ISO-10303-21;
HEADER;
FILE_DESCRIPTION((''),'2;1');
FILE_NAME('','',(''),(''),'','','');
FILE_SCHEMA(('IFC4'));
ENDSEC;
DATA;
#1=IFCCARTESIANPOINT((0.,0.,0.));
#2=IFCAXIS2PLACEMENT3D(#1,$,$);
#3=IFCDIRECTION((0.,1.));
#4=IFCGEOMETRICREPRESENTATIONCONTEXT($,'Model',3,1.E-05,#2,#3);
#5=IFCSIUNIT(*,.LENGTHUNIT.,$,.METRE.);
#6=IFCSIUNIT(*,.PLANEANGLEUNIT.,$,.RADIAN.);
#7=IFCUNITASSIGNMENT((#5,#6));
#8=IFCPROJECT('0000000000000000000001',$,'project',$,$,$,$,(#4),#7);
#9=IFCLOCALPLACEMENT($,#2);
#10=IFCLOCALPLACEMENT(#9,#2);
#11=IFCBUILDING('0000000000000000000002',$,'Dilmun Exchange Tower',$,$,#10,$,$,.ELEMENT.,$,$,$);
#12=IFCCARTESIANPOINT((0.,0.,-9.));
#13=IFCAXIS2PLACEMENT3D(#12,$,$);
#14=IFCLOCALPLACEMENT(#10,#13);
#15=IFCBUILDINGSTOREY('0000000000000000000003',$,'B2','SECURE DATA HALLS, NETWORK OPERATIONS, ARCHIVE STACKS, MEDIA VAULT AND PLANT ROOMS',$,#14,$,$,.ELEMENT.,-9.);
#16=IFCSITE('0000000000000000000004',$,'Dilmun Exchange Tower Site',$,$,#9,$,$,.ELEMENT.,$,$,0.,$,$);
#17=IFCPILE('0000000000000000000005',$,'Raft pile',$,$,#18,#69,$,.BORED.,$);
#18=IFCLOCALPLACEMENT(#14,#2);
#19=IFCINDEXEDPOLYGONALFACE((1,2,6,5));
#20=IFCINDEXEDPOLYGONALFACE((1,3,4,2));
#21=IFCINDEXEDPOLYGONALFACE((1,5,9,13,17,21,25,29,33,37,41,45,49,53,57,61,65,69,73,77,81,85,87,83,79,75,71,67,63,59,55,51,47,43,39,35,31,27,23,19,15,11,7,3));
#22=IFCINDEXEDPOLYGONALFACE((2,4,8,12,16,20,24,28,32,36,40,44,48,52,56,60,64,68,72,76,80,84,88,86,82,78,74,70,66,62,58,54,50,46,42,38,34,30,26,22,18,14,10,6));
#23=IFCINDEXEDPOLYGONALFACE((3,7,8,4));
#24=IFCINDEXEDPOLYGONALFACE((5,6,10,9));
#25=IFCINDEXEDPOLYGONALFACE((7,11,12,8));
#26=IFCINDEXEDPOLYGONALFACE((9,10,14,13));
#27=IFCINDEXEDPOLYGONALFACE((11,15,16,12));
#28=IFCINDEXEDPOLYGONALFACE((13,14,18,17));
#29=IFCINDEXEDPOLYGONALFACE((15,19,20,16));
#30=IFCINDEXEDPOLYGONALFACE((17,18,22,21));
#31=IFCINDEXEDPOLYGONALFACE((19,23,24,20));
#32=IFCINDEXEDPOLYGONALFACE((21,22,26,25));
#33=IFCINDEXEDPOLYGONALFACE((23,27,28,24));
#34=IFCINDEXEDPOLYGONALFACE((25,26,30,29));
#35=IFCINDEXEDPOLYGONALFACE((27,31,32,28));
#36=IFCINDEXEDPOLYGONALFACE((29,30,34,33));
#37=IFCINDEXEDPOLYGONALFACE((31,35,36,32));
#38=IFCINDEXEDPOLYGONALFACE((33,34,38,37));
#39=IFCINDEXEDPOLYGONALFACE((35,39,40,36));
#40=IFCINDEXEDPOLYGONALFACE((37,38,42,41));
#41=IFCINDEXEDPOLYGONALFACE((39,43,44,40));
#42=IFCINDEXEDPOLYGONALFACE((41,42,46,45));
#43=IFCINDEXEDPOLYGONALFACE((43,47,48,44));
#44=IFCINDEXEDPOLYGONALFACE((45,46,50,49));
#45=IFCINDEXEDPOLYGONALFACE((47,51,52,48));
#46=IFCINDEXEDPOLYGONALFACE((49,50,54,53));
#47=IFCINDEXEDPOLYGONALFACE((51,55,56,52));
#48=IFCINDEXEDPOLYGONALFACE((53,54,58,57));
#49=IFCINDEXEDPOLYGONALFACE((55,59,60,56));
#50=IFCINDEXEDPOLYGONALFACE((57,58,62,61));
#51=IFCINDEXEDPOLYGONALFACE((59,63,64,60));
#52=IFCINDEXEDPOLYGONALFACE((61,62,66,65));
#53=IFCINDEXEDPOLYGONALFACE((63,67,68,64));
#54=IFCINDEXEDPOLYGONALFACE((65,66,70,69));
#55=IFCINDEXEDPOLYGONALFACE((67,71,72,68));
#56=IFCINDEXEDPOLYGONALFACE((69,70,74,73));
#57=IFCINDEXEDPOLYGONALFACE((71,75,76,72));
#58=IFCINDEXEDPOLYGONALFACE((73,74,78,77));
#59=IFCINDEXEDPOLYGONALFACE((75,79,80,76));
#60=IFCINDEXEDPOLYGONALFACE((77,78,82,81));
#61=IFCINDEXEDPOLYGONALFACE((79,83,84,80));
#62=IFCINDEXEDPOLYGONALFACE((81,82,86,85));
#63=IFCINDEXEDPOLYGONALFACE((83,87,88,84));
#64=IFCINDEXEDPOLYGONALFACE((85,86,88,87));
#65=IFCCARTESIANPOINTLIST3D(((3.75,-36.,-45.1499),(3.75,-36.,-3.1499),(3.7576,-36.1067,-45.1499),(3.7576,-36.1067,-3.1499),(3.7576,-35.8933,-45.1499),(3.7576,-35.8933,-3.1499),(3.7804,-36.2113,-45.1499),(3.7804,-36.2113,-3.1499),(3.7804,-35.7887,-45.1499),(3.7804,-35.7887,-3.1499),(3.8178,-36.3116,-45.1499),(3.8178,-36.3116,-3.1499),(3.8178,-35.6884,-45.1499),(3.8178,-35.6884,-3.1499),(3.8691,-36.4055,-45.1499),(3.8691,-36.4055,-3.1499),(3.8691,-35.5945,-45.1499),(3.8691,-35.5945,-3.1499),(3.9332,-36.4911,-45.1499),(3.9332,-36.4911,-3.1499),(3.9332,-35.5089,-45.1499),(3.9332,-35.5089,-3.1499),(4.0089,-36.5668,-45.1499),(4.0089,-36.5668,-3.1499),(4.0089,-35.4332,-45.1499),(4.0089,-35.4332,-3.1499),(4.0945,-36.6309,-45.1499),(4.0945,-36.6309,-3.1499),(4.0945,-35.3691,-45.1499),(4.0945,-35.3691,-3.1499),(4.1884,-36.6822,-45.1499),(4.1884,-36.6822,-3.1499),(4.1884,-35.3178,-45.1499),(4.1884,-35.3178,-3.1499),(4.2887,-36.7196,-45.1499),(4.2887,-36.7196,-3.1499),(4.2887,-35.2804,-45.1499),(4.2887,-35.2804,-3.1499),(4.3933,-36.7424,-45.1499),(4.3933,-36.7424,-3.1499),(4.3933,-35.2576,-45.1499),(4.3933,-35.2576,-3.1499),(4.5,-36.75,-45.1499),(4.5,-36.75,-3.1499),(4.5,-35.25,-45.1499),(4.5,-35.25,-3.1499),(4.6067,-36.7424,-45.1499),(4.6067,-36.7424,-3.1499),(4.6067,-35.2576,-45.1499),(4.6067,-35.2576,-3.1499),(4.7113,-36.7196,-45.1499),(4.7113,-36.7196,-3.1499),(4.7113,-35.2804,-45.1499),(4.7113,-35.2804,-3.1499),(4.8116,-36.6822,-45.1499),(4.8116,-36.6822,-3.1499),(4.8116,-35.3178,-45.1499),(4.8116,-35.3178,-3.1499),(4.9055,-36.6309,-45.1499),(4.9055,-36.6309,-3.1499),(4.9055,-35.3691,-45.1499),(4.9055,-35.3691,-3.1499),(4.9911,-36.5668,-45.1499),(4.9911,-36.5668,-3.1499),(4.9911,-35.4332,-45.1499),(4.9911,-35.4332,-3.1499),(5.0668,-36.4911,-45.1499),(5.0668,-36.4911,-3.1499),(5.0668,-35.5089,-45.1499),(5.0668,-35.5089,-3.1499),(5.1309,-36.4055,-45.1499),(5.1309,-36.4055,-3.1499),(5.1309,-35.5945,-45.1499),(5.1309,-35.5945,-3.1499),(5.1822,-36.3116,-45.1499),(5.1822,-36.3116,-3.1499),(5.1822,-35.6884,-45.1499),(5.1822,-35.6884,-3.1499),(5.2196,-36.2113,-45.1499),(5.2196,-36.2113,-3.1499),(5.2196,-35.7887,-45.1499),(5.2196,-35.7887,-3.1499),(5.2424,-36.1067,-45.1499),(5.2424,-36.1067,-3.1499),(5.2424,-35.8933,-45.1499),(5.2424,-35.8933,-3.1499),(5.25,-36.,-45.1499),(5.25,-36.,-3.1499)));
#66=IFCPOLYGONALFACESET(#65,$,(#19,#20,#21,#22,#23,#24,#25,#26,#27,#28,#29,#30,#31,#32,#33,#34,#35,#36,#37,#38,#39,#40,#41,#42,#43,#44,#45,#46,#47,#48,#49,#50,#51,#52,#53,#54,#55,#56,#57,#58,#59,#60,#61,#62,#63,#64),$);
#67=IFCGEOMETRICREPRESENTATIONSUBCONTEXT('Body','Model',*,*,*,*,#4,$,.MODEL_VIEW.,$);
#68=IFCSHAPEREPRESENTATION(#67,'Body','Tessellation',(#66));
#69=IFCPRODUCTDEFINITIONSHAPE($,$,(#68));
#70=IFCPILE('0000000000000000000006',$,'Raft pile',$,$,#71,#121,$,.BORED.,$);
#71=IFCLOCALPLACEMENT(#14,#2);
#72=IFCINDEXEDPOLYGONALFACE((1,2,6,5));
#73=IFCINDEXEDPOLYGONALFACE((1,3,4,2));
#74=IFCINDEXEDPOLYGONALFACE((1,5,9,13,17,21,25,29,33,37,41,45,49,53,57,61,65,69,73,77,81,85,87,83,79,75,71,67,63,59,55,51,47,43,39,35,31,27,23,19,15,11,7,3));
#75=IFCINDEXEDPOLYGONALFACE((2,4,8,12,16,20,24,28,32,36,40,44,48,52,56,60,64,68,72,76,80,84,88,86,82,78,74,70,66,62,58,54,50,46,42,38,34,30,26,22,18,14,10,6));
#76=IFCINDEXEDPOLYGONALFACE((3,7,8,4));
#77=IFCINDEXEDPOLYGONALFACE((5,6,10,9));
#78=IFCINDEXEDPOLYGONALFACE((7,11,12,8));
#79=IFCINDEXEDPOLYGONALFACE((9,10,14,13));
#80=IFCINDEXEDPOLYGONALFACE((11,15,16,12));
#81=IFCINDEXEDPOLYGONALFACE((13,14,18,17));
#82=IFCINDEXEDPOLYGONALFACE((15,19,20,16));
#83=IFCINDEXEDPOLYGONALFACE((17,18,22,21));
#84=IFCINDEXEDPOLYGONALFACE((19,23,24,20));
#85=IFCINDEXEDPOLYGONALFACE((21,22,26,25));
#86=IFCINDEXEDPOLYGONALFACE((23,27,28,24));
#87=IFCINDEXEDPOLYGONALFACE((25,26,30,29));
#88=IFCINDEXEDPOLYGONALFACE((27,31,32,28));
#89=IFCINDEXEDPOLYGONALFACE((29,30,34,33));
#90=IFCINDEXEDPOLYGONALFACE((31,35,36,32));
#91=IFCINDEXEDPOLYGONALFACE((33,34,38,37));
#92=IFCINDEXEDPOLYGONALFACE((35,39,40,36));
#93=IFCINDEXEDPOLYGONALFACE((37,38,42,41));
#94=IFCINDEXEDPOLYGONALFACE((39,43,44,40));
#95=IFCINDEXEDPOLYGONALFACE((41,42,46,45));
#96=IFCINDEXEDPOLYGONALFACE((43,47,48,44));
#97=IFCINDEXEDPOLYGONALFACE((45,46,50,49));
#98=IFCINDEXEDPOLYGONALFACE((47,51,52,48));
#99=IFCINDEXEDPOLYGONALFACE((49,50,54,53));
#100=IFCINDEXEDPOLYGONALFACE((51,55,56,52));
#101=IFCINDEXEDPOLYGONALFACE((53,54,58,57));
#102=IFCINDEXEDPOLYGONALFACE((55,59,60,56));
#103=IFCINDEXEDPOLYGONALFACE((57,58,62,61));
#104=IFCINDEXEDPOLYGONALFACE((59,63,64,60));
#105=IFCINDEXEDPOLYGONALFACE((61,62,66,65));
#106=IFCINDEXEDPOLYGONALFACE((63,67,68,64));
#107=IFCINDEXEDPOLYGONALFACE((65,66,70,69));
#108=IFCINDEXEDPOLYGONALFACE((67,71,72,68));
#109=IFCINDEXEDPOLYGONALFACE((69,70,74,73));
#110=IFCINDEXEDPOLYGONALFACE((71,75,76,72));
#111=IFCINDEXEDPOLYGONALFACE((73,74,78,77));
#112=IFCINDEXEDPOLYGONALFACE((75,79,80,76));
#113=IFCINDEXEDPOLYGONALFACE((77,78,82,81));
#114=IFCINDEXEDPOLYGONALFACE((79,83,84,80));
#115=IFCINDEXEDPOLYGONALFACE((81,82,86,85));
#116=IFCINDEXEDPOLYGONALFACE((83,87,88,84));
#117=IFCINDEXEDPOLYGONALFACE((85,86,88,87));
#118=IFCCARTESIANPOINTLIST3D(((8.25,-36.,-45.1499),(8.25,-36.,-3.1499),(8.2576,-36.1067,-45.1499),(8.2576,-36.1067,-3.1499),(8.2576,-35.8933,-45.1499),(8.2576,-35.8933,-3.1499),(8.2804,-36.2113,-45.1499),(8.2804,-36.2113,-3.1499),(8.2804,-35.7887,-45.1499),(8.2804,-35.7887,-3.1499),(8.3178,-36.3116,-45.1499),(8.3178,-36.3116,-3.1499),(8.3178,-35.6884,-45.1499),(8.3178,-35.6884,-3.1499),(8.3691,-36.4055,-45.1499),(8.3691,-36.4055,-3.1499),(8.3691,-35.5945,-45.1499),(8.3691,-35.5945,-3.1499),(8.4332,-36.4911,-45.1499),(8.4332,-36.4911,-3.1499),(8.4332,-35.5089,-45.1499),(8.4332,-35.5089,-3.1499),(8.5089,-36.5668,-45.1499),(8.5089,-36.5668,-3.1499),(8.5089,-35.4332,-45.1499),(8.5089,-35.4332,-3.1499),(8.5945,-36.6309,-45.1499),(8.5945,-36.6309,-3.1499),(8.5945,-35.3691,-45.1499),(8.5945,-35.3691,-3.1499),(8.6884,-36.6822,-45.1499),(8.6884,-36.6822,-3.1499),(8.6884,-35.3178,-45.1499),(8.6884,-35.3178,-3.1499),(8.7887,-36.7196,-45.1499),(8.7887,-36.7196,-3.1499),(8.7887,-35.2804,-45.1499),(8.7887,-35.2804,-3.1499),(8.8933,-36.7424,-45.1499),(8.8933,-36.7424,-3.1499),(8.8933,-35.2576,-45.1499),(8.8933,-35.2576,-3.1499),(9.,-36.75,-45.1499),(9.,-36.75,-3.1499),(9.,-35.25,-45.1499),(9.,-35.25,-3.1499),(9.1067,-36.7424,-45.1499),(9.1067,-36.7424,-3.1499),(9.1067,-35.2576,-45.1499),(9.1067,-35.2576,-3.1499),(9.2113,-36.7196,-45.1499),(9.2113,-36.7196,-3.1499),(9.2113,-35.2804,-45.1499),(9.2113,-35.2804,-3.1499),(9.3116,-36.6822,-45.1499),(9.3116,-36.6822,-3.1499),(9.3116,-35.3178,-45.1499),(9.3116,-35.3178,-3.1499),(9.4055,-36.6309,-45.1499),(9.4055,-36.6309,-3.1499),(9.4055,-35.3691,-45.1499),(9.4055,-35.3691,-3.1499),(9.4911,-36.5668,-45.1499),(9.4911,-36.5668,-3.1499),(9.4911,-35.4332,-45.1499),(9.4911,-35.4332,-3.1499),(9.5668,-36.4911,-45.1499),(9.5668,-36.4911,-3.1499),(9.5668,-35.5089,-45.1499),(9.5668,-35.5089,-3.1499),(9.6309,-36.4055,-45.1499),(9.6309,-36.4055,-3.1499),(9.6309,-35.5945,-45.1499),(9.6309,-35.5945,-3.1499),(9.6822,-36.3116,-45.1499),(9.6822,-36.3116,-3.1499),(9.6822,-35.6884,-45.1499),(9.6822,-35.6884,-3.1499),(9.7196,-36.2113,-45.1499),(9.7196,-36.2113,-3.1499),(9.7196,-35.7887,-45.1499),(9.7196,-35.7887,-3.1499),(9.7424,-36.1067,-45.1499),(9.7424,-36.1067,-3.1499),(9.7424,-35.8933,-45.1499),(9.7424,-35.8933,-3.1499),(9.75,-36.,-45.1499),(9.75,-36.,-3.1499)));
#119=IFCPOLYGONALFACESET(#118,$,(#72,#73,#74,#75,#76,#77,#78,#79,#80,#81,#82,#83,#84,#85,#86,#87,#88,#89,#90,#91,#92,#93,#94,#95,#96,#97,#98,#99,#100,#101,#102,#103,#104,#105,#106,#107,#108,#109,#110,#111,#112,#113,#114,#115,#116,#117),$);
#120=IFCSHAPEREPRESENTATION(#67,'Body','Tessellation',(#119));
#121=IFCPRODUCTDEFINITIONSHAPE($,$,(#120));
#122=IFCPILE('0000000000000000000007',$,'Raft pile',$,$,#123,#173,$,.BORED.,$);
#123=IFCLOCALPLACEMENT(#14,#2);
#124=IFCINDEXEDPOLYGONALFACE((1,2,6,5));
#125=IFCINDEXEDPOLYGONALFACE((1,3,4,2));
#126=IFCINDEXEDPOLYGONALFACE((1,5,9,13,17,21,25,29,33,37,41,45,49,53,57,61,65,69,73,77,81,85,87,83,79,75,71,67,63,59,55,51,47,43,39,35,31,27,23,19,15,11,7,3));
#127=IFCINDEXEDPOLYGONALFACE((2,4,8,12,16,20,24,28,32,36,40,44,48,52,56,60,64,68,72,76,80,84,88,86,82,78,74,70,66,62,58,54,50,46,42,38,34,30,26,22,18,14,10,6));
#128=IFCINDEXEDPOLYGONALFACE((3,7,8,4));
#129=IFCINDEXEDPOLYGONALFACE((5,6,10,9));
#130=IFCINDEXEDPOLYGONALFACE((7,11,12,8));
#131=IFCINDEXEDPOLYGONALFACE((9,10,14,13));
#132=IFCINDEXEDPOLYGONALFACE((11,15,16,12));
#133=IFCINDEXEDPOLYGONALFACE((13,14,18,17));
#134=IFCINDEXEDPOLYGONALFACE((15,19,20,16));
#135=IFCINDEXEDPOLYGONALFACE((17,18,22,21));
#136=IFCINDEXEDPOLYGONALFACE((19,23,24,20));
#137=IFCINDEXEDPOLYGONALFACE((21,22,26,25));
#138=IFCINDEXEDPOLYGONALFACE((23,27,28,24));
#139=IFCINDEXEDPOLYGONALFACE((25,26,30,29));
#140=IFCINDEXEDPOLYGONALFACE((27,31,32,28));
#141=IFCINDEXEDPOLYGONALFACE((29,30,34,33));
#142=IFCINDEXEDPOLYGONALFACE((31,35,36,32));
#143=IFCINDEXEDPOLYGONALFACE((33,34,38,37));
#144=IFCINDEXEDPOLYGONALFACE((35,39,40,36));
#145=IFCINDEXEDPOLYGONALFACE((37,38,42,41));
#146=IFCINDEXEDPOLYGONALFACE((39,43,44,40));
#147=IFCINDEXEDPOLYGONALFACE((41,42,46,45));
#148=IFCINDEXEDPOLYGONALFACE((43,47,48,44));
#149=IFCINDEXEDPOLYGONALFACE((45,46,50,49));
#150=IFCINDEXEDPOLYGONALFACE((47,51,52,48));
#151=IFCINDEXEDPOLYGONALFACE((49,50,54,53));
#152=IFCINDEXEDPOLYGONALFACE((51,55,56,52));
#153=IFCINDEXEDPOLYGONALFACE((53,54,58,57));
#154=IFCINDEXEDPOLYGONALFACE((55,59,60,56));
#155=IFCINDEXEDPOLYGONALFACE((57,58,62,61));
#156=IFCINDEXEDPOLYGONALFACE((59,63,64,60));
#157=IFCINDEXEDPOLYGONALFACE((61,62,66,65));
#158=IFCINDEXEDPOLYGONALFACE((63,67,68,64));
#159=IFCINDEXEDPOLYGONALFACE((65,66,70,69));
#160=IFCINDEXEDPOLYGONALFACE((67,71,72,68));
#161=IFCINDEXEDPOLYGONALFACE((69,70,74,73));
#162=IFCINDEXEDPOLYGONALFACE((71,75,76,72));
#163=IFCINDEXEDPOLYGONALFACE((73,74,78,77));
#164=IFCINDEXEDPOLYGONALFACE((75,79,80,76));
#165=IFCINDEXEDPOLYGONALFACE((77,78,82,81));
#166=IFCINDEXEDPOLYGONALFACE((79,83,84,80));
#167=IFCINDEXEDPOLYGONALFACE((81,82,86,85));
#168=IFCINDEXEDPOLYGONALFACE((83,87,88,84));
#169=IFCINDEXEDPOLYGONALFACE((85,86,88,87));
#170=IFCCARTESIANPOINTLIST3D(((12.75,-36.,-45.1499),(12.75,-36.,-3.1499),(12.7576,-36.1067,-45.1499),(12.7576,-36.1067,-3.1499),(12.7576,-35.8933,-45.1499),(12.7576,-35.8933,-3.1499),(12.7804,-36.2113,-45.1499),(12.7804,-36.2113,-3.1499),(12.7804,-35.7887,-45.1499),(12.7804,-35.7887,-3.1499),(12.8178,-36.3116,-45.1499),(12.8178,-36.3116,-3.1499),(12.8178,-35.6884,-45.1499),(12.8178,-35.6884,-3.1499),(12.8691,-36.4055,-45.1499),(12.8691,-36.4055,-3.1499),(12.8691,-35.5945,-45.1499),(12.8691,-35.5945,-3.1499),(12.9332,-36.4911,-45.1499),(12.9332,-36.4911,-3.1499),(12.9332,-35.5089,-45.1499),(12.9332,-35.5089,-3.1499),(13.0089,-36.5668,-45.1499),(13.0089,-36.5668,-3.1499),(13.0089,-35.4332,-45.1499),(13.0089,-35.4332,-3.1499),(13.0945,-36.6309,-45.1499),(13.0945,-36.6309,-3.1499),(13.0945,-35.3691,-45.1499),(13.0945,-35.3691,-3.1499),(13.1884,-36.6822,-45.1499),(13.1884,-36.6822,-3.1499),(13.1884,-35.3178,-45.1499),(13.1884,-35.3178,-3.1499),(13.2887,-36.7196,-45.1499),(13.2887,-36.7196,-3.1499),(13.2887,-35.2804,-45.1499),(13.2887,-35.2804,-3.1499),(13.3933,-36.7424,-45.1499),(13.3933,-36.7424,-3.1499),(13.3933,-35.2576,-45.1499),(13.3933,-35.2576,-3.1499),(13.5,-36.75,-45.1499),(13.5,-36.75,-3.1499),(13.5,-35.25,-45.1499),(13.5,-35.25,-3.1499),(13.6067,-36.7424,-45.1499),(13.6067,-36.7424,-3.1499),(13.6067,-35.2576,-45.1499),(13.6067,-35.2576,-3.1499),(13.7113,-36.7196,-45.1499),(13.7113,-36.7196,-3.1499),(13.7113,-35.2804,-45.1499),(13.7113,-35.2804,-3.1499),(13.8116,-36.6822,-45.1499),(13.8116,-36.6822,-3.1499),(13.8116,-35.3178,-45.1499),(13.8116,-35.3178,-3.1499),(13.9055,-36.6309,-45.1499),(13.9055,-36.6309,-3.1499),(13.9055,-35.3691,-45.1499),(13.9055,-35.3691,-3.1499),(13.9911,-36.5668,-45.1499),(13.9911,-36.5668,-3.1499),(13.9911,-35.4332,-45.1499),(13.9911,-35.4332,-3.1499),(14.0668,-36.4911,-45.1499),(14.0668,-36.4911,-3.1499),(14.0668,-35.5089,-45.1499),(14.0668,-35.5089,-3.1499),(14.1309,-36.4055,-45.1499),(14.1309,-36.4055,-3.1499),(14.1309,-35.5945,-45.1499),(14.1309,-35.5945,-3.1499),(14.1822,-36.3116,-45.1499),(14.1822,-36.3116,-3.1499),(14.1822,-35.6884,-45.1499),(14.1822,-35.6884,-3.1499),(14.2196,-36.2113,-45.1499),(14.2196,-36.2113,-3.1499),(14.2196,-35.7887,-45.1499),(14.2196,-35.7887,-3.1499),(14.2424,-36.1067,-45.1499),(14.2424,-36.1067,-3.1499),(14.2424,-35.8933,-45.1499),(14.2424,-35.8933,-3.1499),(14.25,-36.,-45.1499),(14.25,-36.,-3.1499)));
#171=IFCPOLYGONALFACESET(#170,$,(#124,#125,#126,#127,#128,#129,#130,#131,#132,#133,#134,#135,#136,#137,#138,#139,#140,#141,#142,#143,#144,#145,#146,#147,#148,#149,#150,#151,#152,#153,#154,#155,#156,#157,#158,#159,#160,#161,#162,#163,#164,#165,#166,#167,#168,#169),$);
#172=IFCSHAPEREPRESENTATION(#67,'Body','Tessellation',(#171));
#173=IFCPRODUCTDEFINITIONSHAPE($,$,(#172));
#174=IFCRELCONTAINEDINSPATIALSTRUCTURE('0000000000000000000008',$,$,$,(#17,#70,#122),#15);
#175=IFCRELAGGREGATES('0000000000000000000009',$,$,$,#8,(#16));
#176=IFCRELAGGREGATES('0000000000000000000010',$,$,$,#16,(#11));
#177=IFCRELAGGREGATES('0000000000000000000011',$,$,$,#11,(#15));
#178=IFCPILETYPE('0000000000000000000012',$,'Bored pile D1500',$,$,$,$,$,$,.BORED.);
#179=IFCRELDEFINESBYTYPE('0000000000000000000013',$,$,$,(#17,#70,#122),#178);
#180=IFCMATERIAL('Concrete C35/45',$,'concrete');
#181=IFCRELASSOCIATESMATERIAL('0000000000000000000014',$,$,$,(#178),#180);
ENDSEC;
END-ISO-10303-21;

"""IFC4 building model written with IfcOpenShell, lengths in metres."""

from ifc_helpers import new_model, si_unit, direction, frame, origin, origin_2d, place, context, subcontext, project, spatial, circle, extrude, material, material_profile, profile_set, type_object, element, save


model = new_model("IFC4")

# Units and contexts
model_context = context("Model", 3, precision=1e-05, world=origin(), true_north=direction((0.0, 1.0)))
body_context = subcontext(model_context, "Body", "Model", "MODEL_VIEW")
ifc_project = project(units=[si_unit("LENGTHUNIT", "METRE"), si_unit("PLANEANGLEUNIT", "RADIAN")], contexts=[model_context])

# Site, building, storey
site_placement = place(None, origin())
site = spatial("IfcSite", under=ifc_project, at=site_placement, Name="Dilmun Exchange Tower Site", CompositionType="ELEMENT", RefElevation=0.0)
building_placement = place(site_placement, origin())
building = spatial("IfcBuilding", under=site, at=building_placement, Name="Dilmun Exchange Tower", CompositionType="ELEMENT")
storey_placement = place(building_placement, frame((0.0, 0.0, -9.0)))
storey = spatial("IfcBuildingStorey", under=building, at=storey_placement, Name="B2", Description="SECURE DATA HALLS, NETWORK OPERATIONS, ARCHIVE STACKS, MEDIA VAULT AND PLANT ROOMS", CompositionType="ELEMENT", Elevation=-9.0)

# Piles
ifc_material_1 = material(Name="Concrete C35/45", Category="concrete")
ifc_material_profile_1 = material_profile(ifc_material_1, circle(Radius=0.75, at=origin_2d()), Name="D1500")
ifc_profile_set_1 = profile_set([ifc_material_profile_1], Name="Concrete C35/45")
pile_type = type_object("IfcPileType", Name="Bored pile D1500", PredefinedType="BORED", material=ifc_profile_set_1)
for number, where, z_axis, x_axis, name in (
    (1, (4.5, -36.0, -3.1499), (0.0, 0.0, -1.0), (1.0, 0.0, 0.0), "Raft pile"),
    (2, (9.0, -36.0, -3.1499), (0.0, 0.0, -1.0), (1.0, 0.0, 0.0), "Raft pile"),
    (3, (13.5, -36.0, -3.1499), (0.0, 0.0, -1.0), (1.0, 0.0, 0.0), "Raft pile"),
):
    element("IfcPile", number, at=place(storey_placement, frame(where, z_axis=z_axis, x_axis=x_axis)), inside=storey, type_object=pile_type, Name=name, PredefinedType="BORED", context=body_context, shape_type="SweptSolid", body=[
        extrude(circle(Radius=0.75, at=origin_2d()), origin(), (0.0, 0.0, 1.0), 42.0),
    ])

save(model, "model.ifc")
